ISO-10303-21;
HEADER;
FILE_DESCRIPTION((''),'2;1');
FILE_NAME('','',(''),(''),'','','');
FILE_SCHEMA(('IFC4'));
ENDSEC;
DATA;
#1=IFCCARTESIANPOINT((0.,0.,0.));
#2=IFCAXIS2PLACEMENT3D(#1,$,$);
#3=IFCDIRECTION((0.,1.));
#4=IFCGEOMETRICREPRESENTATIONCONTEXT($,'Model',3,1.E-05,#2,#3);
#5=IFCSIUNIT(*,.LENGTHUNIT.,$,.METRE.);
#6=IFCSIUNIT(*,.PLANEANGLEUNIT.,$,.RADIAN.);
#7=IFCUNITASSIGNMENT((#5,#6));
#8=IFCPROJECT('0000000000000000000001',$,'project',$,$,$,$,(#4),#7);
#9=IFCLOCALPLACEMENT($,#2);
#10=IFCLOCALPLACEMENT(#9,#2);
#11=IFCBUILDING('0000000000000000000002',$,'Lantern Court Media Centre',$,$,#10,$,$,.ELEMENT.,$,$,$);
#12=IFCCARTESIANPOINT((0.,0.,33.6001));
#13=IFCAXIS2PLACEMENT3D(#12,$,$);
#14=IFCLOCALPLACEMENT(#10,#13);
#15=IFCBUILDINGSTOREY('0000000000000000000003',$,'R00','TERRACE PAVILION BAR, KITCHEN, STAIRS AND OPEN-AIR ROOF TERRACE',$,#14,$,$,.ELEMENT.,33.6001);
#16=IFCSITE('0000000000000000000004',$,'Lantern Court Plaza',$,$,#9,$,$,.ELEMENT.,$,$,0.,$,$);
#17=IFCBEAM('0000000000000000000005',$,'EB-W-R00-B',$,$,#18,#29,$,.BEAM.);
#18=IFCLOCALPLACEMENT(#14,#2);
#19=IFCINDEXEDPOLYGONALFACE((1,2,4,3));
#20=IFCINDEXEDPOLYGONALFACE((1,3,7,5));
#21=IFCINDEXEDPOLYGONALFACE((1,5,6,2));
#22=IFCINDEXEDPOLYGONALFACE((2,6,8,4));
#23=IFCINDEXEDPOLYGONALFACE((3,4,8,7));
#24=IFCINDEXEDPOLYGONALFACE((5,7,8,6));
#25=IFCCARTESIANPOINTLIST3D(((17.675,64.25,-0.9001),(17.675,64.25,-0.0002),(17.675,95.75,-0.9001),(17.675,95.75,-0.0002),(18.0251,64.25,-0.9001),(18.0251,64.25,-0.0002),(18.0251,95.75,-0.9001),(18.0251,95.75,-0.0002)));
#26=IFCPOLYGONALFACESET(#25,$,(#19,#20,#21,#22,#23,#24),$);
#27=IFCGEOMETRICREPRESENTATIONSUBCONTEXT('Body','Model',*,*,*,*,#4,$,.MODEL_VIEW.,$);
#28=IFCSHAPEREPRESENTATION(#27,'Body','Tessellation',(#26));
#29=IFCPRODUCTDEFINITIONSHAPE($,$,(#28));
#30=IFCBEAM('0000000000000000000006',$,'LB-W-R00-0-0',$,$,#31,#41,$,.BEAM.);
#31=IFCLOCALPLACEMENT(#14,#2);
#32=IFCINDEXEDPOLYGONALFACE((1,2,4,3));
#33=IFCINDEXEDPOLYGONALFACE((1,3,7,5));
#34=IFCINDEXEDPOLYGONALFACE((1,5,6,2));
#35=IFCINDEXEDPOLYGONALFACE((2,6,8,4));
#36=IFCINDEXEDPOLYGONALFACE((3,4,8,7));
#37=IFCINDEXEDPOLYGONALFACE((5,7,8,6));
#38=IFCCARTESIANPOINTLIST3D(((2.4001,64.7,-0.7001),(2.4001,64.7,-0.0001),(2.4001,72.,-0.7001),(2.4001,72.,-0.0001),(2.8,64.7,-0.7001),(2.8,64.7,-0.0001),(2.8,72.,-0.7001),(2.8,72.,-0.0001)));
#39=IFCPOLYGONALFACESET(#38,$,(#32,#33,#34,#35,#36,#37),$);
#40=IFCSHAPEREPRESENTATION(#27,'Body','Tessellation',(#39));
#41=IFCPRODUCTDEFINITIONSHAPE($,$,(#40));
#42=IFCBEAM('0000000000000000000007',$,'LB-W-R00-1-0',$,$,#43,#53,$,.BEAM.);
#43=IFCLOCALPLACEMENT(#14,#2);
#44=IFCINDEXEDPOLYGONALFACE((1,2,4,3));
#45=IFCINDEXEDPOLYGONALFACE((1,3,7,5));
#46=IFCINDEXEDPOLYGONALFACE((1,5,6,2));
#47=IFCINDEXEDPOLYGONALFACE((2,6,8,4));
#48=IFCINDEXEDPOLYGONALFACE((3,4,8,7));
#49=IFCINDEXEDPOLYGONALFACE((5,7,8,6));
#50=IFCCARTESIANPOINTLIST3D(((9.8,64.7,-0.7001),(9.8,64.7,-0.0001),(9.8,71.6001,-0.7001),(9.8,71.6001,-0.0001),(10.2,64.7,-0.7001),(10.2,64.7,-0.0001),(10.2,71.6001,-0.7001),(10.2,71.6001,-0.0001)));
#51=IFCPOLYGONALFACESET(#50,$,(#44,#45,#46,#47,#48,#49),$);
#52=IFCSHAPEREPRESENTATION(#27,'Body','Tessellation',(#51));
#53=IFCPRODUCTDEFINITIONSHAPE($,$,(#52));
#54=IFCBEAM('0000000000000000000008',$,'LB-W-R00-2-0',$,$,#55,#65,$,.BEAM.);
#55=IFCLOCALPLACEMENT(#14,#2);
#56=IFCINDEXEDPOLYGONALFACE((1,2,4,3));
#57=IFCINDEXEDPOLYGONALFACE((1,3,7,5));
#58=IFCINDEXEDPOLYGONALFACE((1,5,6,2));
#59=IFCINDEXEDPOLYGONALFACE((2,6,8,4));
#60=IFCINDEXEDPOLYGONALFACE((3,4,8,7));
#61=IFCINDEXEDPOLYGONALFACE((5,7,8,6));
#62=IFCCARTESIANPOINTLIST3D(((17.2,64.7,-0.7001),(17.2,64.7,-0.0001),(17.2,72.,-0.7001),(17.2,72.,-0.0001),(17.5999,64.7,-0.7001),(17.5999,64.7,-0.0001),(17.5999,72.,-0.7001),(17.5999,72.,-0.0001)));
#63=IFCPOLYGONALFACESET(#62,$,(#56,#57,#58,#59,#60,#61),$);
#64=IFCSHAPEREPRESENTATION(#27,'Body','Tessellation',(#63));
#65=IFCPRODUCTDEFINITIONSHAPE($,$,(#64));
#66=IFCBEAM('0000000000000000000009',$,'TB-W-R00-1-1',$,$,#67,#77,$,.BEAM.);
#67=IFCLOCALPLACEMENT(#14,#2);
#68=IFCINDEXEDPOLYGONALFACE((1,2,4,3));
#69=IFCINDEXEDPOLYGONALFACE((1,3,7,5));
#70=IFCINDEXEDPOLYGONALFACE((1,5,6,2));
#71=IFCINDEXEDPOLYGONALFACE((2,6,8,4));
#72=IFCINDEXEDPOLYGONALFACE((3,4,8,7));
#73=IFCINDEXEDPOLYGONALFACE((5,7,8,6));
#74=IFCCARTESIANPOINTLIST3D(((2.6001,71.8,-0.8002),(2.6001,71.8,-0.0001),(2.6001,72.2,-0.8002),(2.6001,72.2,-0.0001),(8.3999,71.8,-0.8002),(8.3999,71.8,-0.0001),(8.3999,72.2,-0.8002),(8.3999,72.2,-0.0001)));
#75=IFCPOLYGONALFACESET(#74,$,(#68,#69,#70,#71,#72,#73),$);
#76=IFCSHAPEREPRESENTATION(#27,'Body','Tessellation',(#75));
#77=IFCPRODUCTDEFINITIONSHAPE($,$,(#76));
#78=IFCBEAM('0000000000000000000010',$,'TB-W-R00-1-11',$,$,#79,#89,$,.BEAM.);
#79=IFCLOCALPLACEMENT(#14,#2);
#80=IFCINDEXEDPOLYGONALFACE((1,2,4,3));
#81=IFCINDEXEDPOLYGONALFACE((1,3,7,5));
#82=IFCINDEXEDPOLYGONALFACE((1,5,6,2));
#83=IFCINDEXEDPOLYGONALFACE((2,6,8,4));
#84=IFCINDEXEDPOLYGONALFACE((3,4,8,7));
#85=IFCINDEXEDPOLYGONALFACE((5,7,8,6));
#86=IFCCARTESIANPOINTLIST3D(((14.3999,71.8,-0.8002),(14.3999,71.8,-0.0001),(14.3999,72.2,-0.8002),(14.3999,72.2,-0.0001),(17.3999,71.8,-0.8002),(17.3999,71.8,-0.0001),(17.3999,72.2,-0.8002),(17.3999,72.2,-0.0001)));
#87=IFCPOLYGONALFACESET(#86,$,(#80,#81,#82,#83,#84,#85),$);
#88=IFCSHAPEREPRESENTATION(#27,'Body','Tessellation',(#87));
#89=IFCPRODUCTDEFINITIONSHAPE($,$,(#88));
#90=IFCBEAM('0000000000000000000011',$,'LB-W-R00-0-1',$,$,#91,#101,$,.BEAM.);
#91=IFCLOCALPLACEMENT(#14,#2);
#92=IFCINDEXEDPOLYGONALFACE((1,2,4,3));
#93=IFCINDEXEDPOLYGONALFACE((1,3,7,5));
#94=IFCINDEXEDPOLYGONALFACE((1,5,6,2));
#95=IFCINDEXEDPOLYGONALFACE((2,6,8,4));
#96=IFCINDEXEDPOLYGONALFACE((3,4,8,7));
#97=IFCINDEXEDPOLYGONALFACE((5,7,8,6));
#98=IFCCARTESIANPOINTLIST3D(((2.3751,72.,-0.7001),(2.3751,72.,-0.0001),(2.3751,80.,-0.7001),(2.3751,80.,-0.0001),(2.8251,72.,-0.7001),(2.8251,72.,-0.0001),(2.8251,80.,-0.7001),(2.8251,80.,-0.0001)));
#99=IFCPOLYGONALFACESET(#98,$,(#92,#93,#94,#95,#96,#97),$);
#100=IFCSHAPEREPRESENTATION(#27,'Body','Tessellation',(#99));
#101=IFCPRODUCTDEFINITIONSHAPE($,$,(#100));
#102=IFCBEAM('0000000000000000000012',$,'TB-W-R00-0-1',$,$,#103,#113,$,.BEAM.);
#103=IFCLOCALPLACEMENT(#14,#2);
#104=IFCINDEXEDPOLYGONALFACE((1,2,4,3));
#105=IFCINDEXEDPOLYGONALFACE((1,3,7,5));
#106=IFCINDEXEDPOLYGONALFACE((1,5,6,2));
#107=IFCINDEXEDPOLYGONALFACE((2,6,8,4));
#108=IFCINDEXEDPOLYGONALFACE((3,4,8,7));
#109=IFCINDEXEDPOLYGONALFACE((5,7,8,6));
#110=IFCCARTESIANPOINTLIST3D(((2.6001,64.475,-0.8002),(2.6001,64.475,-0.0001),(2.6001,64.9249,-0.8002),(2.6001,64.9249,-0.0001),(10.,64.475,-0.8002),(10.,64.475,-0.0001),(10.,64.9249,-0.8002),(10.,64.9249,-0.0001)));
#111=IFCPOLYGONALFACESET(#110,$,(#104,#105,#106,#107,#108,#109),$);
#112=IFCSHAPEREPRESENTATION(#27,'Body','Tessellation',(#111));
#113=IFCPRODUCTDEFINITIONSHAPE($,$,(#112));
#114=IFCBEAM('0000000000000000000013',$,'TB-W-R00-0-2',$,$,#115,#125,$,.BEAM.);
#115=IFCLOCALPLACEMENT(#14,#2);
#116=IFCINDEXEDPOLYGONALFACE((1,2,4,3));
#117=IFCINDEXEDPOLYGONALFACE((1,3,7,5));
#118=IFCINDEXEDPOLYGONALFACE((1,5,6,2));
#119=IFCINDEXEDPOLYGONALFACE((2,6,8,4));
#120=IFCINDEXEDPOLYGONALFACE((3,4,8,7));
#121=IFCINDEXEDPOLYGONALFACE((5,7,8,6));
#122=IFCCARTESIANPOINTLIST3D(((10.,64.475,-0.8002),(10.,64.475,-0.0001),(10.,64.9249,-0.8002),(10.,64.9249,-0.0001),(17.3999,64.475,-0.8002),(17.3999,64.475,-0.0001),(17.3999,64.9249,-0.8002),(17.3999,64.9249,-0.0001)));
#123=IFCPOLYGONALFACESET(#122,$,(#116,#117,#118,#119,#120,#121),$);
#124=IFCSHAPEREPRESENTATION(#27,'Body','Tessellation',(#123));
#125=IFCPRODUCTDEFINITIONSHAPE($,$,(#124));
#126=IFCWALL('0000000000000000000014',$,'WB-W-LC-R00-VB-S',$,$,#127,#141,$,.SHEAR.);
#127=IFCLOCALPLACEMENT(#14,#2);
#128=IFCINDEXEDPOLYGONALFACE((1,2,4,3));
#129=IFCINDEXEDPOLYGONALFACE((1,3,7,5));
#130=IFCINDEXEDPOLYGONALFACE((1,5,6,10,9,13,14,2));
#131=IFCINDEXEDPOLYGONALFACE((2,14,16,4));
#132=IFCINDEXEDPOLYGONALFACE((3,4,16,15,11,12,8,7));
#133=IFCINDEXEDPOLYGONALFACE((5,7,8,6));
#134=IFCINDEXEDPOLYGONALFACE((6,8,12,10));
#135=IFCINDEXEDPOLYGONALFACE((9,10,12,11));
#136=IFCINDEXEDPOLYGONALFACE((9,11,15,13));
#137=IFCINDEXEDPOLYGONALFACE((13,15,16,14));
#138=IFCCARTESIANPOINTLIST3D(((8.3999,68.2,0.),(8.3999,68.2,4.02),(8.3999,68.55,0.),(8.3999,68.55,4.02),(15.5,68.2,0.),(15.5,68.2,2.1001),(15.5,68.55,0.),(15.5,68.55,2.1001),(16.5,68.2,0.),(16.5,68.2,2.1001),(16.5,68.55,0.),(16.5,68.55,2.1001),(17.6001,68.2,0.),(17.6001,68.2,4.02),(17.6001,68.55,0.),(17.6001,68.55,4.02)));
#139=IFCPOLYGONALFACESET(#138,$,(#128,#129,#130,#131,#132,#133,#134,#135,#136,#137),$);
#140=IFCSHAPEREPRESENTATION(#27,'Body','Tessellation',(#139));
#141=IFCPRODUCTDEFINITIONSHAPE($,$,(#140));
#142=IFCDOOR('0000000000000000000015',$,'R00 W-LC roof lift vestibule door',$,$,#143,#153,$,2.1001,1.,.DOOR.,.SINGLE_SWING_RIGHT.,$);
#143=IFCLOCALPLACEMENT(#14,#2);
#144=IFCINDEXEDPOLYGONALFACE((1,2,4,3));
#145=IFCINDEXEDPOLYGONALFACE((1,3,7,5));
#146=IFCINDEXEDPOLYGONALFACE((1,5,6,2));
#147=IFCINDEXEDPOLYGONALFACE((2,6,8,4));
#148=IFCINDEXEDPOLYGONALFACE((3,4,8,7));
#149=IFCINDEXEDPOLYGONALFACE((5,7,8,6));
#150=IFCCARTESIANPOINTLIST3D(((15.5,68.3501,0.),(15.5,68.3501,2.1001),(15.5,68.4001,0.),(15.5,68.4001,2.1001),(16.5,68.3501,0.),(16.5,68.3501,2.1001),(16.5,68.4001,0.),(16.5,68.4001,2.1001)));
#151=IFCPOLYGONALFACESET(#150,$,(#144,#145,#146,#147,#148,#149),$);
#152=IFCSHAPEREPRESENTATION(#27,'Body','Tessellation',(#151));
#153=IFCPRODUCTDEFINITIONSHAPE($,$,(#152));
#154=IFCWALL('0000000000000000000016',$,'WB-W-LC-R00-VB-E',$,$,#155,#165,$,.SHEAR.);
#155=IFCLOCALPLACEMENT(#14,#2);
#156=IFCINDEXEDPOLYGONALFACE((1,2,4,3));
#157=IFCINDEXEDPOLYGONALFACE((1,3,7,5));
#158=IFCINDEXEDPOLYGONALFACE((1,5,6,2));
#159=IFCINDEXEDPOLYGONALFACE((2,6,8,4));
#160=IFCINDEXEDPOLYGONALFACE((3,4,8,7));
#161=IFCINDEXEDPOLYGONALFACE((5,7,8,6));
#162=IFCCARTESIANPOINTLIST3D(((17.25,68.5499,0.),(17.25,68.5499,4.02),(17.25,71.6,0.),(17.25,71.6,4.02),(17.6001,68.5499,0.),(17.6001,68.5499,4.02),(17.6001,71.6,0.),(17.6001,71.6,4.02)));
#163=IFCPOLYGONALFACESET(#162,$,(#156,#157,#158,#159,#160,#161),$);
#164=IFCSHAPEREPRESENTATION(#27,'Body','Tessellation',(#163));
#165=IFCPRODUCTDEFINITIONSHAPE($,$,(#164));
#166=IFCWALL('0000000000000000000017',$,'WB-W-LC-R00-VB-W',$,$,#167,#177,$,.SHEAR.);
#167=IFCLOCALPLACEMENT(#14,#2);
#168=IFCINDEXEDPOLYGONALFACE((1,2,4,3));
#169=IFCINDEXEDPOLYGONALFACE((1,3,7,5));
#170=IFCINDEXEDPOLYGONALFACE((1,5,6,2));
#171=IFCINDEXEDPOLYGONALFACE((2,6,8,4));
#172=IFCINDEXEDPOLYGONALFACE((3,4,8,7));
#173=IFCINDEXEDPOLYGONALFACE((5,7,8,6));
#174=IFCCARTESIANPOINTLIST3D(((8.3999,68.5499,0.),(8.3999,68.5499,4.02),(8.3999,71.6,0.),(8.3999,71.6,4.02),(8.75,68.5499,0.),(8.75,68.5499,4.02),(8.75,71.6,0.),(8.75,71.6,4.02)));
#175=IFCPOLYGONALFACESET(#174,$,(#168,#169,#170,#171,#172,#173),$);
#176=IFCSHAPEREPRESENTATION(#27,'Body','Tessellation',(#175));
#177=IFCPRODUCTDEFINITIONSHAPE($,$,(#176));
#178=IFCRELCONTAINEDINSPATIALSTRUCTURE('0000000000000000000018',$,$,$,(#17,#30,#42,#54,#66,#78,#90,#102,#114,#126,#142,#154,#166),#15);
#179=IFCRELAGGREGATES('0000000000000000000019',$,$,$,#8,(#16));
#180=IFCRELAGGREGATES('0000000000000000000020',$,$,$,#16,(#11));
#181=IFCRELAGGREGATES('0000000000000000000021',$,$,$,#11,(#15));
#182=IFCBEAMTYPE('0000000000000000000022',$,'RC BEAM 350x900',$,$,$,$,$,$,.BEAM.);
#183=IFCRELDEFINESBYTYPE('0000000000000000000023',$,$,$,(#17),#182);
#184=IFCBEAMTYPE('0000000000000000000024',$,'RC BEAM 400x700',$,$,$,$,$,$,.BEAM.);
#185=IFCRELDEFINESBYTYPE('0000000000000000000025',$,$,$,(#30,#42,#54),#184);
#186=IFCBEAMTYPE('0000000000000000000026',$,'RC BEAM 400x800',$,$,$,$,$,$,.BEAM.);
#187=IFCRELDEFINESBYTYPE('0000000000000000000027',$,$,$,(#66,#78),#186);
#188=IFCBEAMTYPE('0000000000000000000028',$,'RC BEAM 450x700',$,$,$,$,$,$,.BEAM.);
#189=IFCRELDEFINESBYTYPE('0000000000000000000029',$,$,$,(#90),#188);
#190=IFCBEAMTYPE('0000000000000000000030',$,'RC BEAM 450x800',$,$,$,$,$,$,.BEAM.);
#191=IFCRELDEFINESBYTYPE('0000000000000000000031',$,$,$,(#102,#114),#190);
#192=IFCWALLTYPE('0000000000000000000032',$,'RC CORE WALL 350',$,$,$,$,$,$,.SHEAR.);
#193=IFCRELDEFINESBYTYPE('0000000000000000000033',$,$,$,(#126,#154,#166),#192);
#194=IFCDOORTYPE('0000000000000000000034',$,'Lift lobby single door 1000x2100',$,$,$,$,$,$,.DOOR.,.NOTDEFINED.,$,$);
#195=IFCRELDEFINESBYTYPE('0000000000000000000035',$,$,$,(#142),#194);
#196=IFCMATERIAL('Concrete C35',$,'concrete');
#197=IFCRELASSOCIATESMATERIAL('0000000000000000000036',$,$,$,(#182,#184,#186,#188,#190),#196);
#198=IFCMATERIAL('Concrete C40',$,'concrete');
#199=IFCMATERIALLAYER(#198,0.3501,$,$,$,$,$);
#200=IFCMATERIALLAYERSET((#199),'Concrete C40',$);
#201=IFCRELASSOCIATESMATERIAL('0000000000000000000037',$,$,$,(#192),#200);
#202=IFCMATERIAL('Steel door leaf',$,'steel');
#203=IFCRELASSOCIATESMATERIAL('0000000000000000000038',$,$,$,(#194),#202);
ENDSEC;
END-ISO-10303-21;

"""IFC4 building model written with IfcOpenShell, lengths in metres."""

from ifc_helpers import new_model, si_unit, direction, frame, frame_2d, origin, origin_2d, place, context, subcontext, project, spatial, rectangle, extrude, material, layer, layer_set, material_profile, profile_set, type_object, element, fill, save


model = new_model("IFC4")

# Units and contexts
model_context = context("Model", 3, precision=1e-05, world=origin(), true_north=direction((0.0, 1.0)))
body_context = subcontext(model_context, "Body", "Model", "MODEL_VIEW")
ifc_project = project(units=[si_unit("LENGTHUNIT", "METRE"), si_unit("PLANEANGLEUNIT", "RADIAN")], contexts=[model_context])

# Site, building, storey
site_placement = place(None, origin())
site = spatial("IfcSite", under=ifc_project, at=site_placement, Name="Lantern Court Plaza", CompositionType="ELEMENT", RefElevation=0.0)
building_placement = place(site_placement, origin())
building = spatial("IfcBuilding", under=site, at=building_placement, Name="Lantern Court Media Centre", CompositionType="ELEMENT")
storey_placement = place(building_placement, frame((0.0, 0.0, 33.6001)))
storey = spatial("IfcBuildingStorey", under=building, at=storey_placement, Name="R00", Description="TERRACE PAVILION BAR, KITCHEN, STAIRS AND OPEN-AIR ROOF TERRACE", CompositionType="ELEMENT", Elevation=33.6001)

# Beams
ifc_material_1 = material(Name="Concrete C35", Category="concrete")
ifc_material_profile_1 = material_profile(ifc_material_1, rectangle(XDim=0.3501, YDim=0.8999, at=origin_2d()), Name="RC 350x900")
ifc_profile_set_1 = profile_set([ifc_material_profile_1], Name="Concrete C35")
beam_type_1 = type_object("IfcBeamType", Name="RC BEAM 350x900", PredefinedType="BEAM", material=ifc_profile_set_1)
beam_1_placement = place(storey_placement, frame((17.8501, 64.25, -0.4502), z_axis=(0.0, 1.0, 0.0), x_axis=(-1.0, 0.0, 0.0)))
element("IfcBeam", 1, at=beam_1_placement, inside=storey, type_object=beam_type_1, Name="EB-W-R00-B", PredefinedType="BEAM", context=body_context, shape_type="SweptSolid", body=[
    extrude(rectangle(XDim=0.3501, YDim=0.8999, at=origin_2d()), origin(), (0.0, 0.0, 1.0), 31.5),
])
ifc_material_profile_2 = material_profile(ifc_material_1, rectangle(XDim=0.3999, YDim=0.7, at=origin_2d()), Name="RC 400x700")
ifc_profile_set_2 = profile_set([ifc_material_profile_2], Name="Concrete C35")
beam_type_2 = type_object("IfcBeamType", Name="RC BEAM 400x700", PredefinedType="BEAM", material=ifc_profile_set_2)
beam_2_placement = place(storey_placement, frame((2.6001, 64.7, -0.3501), z_axis=(0.0, 1.0, 0.0), x_axis=(-1.0, 0.0, 0.0)))
element("IfcBeam", 2, at=beam_2_placement, inside=storey, type_object=beam_type_2, Name="LB-W-R00-0-0", PredefinedType="BEAM", context=body_context, shape_type="SweptSolid", body=[
    extrude(rectangle(XDim=0.3999, YDim=0.7, at=origin_2d()), origin(), (0.0, 0.0, 1.0), 7.3),
])
beam_3_placement = place(storey_placement, frame((10.0, 64.7, -0.3501), z_axis=(0.0, 1.0, 0.0), x_axis=(-1.0, 0.0, 0.0)))
element("IfcBeam", 3, at=beam_3_placement, inside=storey, type_object=beam_type_2, Name="LB-W-R00-1-0", PredefinedType="BEAM", context=body_context, shape_type="SweptSolid", body=[
    extrude(rectangle(XDim=0.3999, YDim=0.7, at=origin_2d()), origin(), (0.0, 0.0, 1.0), 6.9001),
])
beam_4_placement = place(storey_placement, frame((17.3999, 64.7, -0.3501), z_axis=(0.0, 1.0, 0.0), x_axis=(-1.0, 0.0, 0.0)))
element("IfcBeam", 4, at=beam_4_placement, inside=storey, type_object=beam_type_2, Name="LB-W-R00-2-0", PredefinedType="BEAM", context=body_context, shape_type="SweptSolid", body=[
    extrude(rectangle(XDim=0.3999, YDim=0.7, at=origin_2d()), origin(), (0.0, 0.0, 1.0), 7.3),
])
ifc_material_profile_3 = material_profile(ifc_material_1, rectangle(XDim=0.3999, YDim=0.8, at=origin_2d()), Name="RC 400x800")
ifc_profile_set_3 = profile_set([ifc_material_profile_3], Name="Concrete C35")
beam_type_3 = type_object("IfcBeamType", Name="RC BEAM 400x800", PredefinedType="BEAM", material=ifc_profile_set_3)
beam_5_placement = place(storey_placement, frame((2.6001, 72.0, -0.4001), z_axis=(1.0, 0.0, 0.0), x_axis=(0.0, 1.0, 0.0)))
element("IfcBeam", 5, at=beam_5_placement, inside=storey, type_object=beam_type_3, Name="TB-W-R00-1-1", PredefinedType="BEAM", context=body_context, shape_type="SweptSolid", body=[
    extrude(rectangle(XDim=0.3999, YDim=0.8, at=origin_2d()), origin(), (0.0, 0.0, 1.0), 5.7998),
])
beam_6_placement = place(storey_placement, frame((14.3999, 72.0, -0.4001), z_axis=(1.0, 0.0, 0.0), x_axis=(0.0, 1.0, 0.0)))
element("IfcBeam", 6, at=beam_6_placement, inside=storey, type_object=beam_type_3, Name="TB-W-R00-1-11", PredefinedType="BEAM", context=body_context, shape_type="SweptSolid", body=[
    extrude(rectangle(XDim=0.3999, YDim=0.8, at=origin_2d()), origin(), (0.0, 0.0, 1.0), 3.0),
])
ifc_material_profile_4 = material_profile(ifc_material_1, rectangle(XDim=0.45, YDim=0.7, at=origin_2d()), Name="RC 450x700")
ifc_profile_set_4 = profile_set([ifc_material_profile_4], Name="Concrete C35")
beam_type_4 = type_object("IfcBeamType", Name="RC BEAM 450x700", PredefinedType="BEAM", material=ifc_profile_set_4)
beam_7_placement = place(storey_placement, frame((2.6001, 72.0, -0.3501), z_axis=(0.0, 1.0, 0.0), x_axis=(-1.0, 0.0, 0.0)))
element("IfcBeam", 7, at=beam_7_placement, inside=storey, type_object=beam_type_4, Name="LB-W-R00-0-1", PredefinedType="BEAM", context=body_context, shape_type="SweptSolid", body=[
    extrude(rectangle(XDim=0.45, YDim=0.7, at=origin_2d()), origin(), (0.0, 0.0, 1.0), 8.0),
])
ifc_material_profile_5 = material_profile(ifc_material_1, rectangle(XDim=0.45, YDim=0.8, at=origin_2d()), Name="RC 450x800")
ifc_profile_set_5 = profile_set([ifc_material_profile_5], Name="Concrete C35")
beam_type_5 = type_object("IfcBeamType", Name="RC BEAM 450x800", PredefinedType="BEAM", material=ifc_profile_set_5)
for number, where, z_axis, x_axis, name in (
    (8, (2.6001, 64.7, -0.4001), (1.0, 0.0, 0.0), (0.0, 1.0, 0.0), "TB-W-R00-0-1"),
    (9, (10.0, 64.7, -0.4001), (1.0, 0.0, 0.0), (0.0, 1.0, 0.0), "TB-W-R00-0-2"),
):
    element("IfcBeam", number, at=place(storey_placement, frame(where, z_axis=z_axis, x_axis=x_axis)), inside=storey, type_object=beam_type_5, Name=name, PredefinedType="BEAM", context=body_context, shape_type="SweptSolid", body=[
        extrude(rectangle(XDim=0.45, YDim=0.8, at=origin_2d()), origin(), (0.0, 0.0, 1.0), 7.3999),
    ])

# Wall, opening, door
ifc_material_2 = material(Name="Concrete C40", Category="concrete")
ifc_layer_1 = layer(ifc_material_2, 0.3501)
ifc_layer_set_1 = layer_set([ifc_layer_1], Name="Concrete C40")
wall_type_1 = type_object("IfcWallType", Name="RC CORE WALL 350", PredefinedType="SHEAR", material=ifc_layer_set_1)
wall_1_placement = place(storey_placement, frame((8.3999, 68.375, 0.0), z_axis=(0.0, 0.0, 1.0), x_axis=(1.0, 0.0, 0.0)))
wall_1 = element("IfcWall", 10, at=wall_1_placement, inside=storey, type_object=wall_type_1, Name="WB-W-LC-R00-VB-S", PredefinedType="SHEAR", context=body_context, shape_type="SweptSolid", body=[
    extrude(rectangle(XDim=9.2002, YDim=0.3501, at=frame_2d((4.6001, 0.0))), origin(), (0.0, 0.0, 1.0), 4.02),
])
opening_1_placement = place(wall_1_placement, frame((7.1001, 0.0, 0.0)))
opening_1 = element("IfcOpeningElement", 11, at=opening_1_placement, cuts=wall_1, PredefinedType="OPENING", context=body_context, shape_type="SweptSolid", body=[
    extrude(rectangle(XDim=1.0, YDim=2.1001, at=frame_2d((0.5, 1.05))), frame((0.0, 0.1851, 0.0), z_axis=(0.0, -1.0, 0.0), x_axis=(1.0, 0.0, 0.0)), (0.0, 0.0, 1.0), 0.3701),
])
ifc_material_3 = material(Name="Steel door leaf", Category="steel")
door_type_1 = type_object("IfcDoorType", Name="Lift lobby single door 1000x2100", OperationType="NOTDEFINED", PredefinedType="DOOR", material=ifc_material_3)
door_1_placement = place(opening_1_placement, frame((1.0, 0.0, 0.0), z_axis=(0.0, 0.0, 1.0), x_axis=(-1.0, 0.0, 0.0)))
door_1 = element("IfcDoor", 12, at=door_1_placement, inside=storey, type_object=door_type_1, Name="R00 W-LC roof lift vestibule door", OperationType="SINGLE_SWING_RIGHT", OverallHeight=2.1001, OverallWidth=1.0, PredefinedType="DOOR", context=body_context, shape_type="SweptSolid", body=[
    extrude(rectangle(XDim=1.0, YDim=2.1001, at=frame_2d((0.5, 1.05))), frame((0.0, 0.0249, 0.0), z_axis=(0.0, -1.0, 0.0), x_axis=(1.0, 0.0, 0.0)), (0.0, 0.0, 1.0), 0.05),
])
fill(opening_1, door_1)

# Walls
for number, where, z_axis, x_axis, name in (
    (13, (17.425, 68.55, 0.0), (0.0, 0.0, 1.0), (0.0, 1.0, 0.0), "WB-W-LC-R00-VB-E"),
    (14, (8.575, 68.55, 0.0), (0.0, 0.0, 1.0), (0.0, 1.0, 0.0), "WB-W-LC-R00-VB-W"),
):
    element("IfcWall", number, at=place(storey_placement, frame(where, z_axis=z_axis, x_axis=x_axis)), inside=storey, type_object=wall_type_1, Name=name, PredefinedType="SHEAR", context=body_context, shape_type="SweptSolid", body=[
        extrude(rectangle(XDim=3.05, YDim=0.3501, at=frame_2d((1.5249, 0.0))), origin(), (0.0, 0.0, 1.0), 4.02),
    ])

save(model, "model.ifc")
